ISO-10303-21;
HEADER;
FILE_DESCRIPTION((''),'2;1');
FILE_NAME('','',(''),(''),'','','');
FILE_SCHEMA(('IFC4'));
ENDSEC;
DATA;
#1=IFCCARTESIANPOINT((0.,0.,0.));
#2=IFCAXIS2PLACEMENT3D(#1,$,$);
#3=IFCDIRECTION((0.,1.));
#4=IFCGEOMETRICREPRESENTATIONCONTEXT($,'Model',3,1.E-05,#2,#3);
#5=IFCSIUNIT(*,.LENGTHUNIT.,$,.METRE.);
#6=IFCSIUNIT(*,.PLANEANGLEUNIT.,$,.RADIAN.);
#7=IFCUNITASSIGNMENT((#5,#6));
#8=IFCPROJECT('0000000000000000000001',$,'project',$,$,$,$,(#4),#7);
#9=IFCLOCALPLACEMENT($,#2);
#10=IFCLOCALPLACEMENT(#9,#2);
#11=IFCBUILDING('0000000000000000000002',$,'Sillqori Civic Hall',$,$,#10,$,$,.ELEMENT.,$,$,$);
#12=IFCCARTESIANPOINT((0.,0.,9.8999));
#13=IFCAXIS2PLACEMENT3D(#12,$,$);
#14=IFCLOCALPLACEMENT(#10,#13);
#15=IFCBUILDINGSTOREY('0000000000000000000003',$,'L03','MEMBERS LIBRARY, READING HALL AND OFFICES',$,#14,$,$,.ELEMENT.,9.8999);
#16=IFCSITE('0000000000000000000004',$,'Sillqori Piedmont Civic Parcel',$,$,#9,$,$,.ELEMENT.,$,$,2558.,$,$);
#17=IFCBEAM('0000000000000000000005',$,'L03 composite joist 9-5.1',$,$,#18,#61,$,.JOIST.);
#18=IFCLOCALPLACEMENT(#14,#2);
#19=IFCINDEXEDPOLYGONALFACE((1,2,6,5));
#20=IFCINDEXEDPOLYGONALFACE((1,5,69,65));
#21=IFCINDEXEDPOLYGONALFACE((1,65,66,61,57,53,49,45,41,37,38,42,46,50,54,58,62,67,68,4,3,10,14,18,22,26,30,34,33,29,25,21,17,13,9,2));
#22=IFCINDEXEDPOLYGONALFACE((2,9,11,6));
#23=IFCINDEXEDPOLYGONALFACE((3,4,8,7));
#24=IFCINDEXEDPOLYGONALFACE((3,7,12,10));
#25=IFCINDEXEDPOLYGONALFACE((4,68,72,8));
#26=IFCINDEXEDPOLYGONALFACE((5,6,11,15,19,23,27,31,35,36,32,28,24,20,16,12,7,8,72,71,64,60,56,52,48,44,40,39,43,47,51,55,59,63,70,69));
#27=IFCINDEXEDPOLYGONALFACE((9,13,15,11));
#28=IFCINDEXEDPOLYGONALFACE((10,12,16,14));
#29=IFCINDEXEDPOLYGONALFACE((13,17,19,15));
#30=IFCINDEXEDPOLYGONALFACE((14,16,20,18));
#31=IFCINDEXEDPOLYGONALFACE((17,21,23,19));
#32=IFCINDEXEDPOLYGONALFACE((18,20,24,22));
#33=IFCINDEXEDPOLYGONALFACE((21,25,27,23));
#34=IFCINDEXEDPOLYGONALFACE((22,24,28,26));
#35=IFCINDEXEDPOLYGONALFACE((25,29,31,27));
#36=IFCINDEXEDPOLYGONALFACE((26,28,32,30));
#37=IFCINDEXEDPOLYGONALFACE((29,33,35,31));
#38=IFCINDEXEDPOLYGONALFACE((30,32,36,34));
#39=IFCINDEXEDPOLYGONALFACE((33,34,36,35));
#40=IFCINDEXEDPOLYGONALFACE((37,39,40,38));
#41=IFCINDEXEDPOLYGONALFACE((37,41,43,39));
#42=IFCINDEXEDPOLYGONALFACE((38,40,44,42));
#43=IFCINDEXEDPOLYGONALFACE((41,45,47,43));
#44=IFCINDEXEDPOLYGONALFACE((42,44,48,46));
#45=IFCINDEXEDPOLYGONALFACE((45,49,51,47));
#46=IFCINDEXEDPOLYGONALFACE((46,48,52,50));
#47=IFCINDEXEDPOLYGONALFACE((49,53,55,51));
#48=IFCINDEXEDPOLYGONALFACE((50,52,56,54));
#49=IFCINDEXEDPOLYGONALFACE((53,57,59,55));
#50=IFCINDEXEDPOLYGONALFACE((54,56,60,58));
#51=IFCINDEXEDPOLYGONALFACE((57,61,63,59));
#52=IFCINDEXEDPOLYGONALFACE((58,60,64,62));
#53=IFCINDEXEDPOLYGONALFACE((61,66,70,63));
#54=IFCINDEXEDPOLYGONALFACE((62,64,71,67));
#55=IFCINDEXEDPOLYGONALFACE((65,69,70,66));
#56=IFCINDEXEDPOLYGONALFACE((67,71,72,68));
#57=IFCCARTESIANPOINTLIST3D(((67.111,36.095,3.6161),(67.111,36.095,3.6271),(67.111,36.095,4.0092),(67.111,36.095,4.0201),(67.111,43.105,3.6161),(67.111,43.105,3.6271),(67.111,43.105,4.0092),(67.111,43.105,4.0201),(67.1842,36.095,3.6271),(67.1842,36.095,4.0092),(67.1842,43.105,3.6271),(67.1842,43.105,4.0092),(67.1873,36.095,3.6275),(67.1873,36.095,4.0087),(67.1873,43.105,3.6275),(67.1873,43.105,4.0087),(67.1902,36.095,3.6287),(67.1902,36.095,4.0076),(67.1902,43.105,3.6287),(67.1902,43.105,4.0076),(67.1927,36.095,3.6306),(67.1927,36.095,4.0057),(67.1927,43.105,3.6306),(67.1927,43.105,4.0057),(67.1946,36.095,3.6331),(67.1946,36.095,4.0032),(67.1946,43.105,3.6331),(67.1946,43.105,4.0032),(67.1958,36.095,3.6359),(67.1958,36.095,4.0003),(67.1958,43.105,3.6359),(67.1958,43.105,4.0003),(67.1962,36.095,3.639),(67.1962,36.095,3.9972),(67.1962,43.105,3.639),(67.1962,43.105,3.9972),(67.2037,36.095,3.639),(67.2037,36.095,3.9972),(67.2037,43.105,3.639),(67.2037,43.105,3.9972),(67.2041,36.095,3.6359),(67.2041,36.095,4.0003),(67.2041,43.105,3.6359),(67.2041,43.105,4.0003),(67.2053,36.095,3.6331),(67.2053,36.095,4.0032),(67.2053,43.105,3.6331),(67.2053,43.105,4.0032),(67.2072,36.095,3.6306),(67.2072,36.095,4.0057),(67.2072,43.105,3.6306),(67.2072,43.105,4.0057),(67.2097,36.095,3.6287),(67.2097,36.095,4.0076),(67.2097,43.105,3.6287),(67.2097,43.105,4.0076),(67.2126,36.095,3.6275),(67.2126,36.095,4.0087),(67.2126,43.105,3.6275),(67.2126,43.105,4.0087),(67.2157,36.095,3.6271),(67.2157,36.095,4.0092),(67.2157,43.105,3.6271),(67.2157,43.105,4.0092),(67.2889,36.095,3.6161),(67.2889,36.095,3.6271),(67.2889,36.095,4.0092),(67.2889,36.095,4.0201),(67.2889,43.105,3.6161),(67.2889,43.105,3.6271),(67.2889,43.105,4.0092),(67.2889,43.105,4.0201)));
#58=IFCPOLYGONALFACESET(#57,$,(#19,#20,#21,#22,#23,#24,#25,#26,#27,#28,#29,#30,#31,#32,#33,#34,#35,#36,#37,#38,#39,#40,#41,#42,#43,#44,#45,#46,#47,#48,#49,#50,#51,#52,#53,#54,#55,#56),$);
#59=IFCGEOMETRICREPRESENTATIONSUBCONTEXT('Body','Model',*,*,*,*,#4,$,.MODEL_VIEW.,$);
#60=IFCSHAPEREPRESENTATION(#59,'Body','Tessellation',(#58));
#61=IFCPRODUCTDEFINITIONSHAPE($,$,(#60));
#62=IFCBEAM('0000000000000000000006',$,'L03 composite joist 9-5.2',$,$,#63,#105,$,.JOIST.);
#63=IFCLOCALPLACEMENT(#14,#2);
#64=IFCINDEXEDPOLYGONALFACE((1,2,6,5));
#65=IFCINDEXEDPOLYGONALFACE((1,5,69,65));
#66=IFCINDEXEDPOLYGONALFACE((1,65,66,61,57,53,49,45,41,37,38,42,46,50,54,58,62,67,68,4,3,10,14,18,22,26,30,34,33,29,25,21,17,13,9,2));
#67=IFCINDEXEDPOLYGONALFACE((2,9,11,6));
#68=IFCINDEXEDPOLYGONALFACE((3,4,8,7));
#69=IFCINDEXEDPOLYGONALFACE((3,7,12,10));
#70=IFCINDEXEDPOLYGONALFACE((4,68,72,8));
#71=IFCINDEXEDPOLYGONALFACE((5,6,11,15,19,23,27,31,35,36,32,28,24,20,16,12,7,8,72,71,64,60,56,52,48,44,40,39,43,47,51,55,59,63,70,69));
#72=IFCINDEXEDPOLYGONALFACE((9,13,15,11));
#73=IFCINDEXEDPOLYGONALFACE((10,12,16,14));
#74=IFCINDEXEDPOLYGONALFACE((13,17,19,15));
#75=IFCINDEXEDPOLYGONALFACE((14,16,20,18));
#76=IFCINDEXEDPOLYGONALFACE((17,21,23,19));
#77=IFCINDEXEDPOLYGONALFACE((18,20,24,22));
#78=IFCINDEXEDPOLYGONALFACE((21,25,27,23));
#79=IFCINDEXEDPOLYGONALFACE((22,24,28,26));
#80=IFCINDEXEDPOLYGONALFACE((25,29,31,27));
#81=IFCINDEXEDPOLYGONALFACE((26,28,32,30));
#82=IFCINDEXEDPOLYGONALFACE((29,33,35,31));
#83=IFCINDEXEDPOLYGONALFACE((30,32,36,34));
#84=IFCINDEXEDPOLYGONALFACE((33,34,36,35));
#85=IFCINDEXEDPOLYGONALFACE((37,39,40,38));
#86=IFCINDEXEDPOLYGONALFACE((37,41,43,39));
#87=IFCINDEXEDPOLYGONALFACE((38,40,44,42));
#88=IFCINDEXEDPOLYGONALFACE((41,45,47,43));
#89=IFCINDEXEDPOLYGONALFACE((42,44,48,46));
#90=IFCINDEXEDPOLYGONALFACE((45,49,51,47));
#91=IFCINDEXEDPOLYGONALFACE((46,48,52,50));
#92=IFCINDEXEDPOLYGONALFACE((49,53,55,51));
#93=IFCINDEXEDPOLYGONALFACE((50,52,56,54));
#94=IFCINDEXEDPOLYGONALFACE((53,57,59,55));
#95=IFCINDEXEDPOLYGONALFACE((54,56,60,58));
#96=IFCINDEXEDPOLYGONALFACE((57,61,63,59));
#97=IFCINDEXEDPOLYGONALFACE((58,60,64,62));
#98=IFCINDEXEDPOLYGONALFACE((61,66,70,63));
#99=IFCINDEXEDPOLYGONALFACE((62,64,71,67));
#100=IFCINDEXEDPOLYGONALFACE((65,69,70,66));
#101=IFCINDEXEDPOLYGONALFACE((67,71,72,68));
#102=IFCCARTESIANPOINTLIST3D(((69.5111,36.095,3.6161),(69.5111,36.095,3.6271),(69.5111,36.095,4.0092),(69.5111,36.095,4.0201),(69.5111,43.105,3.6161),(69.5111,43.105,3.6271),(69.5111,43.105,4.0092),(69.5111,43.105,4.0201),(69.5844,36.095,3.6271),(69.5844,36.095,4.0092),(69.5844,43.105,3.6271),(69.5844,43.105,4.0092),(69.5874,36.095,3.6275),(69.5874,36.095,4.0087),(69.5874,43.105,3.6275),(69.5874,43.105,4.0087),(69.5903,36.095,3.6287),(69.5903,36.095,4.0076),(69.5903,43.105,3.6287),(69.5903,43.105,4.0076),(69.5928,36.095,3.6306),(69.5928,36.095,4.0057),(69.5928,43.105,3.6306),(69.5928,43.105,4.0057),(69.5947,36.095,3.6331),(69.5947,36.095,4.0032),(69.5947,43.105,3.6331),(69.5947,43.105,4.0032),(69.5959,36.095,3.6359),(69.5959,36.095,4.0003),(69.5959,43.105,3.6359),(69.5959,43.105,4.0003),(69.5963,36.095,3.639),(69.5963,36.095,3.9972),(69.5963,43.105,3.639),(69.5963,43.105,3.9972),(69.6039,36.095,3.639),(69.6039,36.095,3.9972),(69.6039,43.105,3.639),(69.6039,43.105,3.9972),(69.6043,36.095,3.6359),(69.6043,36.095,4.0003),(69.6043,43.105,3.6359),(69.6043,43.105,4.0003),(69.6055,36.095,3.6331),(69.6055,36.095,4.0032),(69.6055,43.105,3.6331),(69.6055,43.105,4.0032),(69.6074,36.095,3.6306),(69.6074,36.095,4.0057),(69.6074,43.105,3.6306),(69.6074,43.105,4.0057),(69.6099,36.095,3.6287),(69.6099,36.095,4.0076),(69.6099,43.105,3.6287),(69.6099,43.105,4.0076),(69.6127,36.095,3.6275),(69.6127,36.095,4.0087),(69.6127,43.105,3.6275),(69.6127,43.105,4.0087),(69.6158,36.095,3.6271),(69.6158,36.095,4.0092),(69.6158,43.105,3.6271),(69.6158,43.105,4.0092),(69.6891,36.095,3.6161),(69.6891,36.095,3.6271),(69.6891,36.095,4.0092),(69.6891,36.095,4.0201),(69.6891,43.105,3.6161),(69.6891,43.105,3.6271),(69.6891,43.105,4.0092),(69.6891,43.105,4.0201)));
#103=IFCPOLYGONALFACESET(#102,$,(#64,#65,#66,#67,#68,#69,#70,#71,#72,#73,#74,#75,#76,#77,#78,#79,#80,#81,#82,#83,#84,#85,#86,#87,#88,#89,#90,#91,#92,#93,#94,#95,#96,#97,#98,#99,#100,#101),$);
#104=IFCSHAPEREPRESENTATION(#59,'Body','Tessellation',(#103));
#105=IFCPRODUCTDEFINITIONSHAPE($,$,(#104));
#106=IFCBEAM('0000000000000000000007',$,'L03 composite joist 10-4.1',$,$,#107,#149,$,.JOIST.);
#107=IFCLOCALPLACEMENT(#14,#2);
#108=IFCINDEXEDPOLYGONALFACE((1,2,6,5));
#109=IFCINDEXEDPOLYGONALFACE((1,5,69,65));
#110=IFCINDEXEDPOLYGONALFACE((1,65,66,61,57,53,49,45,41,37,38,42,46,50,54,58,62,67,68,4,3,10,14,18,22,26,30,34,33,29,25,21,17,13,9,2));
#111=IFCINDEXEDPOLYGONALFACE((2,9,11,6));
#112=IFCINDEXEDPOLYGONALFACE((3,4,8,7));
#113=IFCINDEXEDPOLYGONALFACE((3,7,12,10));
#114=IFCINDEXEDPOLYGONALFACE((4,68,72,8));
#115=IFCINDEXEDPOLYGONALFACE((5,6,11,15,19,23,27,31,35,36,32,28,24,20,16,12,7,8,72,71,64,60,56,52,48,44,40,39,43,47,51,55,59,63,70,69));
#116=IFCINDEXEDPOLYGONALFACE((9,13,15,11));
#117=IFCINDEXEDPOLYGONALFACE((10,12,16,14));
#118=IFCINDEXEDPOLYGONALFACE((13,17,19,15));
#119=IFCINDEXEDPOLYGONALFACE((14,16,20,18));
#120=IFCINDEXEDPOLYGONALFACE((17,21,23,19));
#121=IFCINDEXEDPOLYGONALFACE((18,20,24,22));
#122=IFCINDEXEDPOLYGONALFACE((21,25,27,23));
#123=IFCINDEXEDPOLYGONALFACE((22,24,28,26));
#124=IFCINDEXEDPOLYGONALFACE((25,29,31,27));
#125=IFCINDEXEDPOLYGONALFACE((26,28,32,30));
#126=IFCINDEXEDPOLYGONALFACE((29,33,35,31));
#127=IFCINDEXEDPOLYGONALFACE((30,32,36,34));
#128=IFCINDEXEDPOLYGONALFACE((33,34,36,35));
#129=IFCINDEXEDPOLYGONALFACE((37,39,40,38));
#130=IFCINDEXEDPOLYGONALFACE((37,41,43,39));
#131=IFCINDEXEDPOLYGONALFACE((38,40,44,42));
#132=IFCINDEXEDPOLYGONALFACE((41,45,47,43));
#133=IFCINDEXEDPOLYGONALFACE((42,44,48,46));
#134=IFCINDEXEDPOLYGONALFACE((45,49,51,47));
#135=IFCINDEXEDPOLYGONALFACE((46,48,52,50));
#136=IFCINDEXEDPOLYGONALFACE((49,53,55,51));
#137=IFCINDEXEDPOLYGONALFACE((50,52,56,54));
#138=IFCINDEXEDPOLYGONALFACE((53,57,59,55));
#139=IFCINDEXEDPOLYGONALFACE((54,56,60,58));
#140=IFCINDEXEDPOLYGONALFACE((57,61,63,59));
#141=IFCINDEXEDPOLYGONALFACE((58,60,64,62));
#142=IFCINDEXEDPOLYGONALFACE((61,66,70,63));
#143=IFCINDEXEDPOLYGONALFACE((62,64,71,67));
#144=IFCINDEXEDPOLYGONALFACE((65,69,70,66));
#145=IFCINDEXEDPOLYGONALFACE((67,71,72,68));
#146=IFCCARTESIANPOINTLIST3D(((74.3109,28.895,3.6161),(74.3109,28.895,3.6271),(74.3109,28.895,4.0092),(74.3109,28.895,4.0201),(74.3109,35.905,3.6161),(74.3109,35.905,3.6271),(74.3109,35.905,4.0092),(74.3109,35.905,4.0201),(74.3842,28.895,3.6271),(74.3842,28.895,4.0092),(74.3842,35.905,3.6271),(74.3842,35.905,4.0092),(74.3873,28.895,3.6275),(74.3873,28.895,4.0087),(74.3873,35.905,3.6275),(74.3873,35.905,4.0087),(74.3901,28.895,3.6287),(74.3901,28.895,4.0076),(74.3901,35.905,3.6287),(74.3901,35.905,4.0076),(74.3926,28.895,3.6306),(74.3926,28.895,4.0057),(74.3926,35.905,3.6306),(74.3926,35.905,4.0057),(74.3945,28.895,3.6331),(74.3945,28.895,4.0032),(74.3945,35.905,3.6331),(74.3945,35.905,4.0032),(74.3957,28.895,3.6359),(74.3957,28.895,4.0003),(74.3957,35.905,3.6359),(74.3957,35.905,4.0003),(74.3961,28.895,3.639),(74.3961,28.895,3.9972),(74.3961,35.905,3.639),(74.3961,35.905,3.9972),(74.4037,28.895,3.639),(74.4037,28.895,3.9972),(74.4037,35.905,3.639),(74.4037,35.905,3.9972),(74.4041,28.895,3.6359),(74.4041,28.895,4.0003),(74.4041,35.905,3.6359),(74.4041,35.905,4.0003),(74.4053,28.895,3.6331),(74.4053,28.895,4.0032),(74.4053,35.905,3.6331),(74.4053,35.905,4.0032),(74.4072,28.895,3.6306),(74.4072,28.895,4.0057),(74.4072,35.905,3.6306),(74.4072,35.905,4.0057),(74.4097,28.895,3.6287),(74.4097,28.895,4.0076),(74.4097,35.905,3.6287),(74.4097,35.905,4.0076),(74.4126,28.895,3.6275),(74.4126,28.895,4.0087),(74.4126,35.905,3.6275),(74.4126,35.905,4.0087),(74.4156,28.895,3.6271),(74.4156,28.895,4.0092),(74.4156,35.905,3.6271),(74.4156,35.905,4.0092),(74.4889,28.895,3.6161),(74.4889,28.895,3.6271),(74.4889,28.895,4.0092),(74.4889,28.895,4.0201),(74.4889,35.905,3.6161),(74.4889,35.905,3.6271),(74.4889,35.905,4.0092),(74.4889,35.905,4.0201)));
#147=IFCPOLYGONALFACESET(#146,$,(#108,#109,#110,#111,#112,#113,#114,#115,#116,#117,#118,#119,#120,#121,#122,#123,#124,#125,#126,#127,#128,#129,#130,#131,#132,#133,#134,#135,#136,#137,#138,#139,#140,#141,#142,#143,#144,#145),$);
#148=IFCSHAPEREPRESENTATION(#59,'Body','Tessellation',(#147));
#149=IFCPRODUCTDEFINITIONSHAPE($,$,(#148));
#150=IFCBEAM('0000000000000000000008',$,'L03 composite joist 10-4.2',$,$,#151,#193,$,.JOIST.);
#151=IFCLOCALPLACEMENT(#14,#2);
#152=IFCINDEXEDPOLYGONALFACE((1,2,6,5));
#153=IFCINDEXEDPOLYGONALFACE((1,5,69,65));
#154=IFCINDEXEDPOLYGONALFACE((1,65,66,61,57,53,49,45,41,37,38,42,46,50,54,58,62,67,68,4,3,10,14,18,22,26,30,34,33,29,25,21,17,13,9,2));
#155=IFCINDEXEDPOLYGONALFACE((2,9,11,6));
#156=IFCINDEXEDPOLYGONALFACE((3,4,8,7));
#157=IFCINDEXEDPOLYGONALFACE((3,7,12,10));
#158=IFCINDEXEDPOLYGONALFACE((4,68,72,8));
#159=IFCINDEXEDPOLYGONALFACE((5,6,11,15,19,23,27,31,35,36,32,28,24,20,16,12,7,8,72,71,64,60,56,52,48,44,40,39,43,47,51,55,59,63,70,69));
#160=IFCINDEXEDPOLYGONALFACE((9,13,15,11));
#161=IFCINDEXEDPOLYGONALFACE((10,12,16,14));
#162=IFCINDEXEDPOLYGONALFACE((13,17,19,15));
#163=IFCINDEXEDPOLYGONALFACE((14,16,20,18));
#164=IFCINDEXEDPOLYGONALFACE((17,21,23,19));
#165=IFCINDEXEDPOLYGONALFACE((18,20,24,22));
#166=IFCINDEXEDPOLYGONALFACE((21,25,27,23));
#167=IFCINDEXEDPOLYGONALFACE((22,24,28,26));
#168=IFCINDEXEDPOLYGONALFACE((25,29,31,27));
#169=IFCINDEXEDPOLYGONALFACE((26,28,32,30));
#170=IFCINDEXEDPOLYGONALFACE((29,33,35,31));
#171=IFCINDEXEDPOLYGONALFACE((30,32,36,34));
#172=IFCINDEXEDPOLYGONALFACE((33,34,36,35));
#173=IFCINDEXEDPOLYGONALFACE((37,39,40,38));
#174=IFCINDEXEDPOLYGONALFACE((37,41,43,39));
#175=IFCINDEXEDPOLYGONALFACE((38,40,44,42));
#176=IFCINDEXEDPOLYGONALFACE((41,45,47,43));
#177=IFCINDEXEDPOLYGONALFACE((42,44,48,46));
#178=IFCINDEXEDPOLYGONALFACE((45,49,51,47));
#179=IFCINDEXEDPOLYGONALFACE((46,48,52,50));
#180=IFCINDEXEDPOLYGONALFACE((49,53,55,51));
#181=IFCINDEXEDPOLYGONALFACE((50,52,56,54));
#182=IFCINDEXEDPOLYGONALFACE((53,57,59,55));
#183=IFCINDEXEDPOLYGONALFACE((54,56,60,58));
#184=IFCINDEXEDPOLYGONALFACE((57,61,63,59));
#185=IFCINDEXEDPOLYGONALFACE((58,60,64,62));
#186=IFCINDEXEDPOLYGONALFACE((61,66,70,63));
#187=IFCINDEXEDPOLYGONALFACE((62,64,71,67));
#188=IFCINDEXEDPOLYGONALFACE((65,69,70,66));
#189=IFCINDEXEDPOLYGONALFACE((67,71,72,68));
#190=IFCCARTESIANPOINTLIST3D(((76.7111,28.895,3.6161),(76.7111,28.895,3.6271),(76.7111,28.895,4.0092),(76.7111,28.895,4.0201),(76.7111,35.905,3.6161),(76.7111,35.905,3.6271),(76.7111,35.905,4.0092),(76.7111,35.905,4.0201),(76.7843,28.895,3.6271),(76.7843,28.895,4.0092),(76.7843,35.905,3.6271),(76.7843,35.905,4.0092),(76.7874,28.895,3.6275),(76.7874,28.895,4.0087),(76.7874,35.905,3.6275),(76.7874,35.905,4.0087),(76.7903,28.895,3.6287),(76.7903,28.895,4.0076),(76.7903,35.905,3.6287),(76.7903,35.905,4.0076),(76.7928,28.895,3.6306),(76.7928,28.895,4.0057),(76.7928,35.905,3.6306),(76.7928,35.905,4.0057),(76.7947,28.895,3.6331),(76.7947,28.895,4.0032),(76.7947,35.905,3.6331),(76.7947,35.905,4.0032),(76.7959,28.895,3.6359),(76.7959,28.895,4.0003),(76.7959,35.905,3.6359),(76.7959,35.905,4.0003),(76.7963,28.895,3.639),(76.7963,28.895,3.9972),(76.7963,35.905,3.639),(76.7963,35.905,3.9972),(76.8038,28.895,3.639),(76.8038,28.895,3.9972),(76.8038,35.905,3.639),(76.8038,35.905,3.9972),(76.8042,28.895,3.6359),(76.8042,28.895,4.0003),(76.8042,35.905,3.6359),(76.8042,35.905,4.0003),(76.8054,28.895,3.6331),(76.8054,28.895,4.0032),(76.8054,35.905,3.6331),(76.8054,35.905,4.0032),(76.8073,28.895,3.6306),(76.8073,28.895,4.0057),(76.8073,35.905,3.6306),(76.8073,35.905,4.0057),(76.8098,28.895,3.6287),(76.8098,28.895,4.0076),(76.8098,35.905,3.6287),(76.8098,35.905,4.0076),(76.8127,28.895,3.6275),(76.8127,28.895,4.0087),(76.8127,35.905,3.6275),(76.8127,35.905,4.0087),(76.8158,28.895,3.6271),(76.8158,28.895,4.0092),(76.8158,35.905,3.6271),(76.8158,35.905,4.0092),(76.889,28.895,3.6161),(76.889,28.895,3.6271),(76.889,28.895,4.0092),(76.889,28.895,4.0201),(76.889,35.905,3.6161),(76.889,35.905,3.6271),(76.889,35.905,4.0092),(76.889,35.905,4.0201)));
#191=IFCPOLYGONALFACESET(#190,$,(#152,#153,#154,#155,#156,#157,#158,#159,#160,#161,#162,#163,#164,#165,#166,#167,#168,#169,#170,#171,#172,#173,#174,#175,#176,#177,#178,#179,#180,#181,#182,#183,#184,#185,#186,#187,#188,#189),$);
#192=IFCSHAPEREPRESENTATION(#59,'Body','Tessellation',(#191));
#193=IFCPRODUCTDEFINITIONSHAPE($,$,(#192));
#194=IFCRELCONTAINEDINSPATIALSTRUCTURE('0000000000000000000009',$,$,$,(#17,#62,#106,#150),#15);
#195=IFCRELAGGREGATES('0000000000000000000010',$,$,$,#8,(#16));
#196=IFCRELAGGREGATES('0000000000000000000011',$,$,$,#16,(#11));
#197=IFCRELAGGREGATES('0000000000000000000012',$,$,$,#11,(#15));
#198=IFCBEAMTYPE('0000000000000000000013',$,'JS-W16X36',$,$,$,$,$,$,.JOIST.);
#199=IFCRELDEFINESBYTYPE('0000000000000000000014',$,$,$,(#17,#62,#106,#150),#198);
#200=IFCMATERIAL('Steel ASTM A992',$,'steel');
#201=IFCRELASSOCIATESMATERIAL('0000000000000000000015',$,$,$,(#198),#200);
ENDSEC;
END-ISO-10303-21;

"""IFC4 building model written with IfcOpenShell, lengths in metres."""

from ifc_helpers import new_model, si_unit, direction, frame, origin, origin_2d, place, context, subcontext, project, spatial, i_section, extrude, material, material_profile, profile_set, type_object, element, save


model = new_model("IFC4")

# Units and contexts
model_context = context("Model", 3, precision=1e-05, world=origin(), true_north=direction((0.0, 1.0)))
body_context = subcontext(model_context, "Body", "Model", "MODEL_VIEW")
ifc_project = project(units=[si_unit("LENGTHUNIT", "METRE"), si_unit("PLANEANGLEUNIT", "RADIAN")], contexts=[model_context])

# Site, building, storey
site_placement = place(None, origin())
site = spatial("IfcSite", under=ifc_project, at=site_placement, Name="Sillqori Piedmont Civic Parcel", CompositionType="ELEMENT", RefElevation=2558.0)
building_placement = place(site_placement, origin())
building = spatial("IfcBuilding", under=site, at=building_placement, Name="Sillqori Civic Hall", CompositionType="ELEMENT")
storey_placement = place(building_placement, frame((0.0, 0.0, 9.8999)))
storey = spatial("IfcBuildingStorey", under=building, at=storey_placement, Name="L03", Description="MEMBERS LIBRARY, READING HALL AND OFFICES", CompositionType="ELEMENT", Elevation=9.8999)

# Shared definitions
ifc_material_1 = material(Name="Steel ASTM A992", Category="steel")

# Beams
ifc_material_profile_1 = material_profile(ifc_material_1, i_section(OverallWidth=0.178, OverallDepth=0.4041, WebThickness=0.0076, FlangeThickness=0.011, FilletRadius=0.012, at=origin_2d()), Name="W16X36")
ifc_profile_set_1 = profile_set([ifc_material_profile_1], Name="Steel ASTM A992")
beam_type_1 = type_object("IfcBeamType", Name="JS-W16X36", PredefinedType="JOIST", material=ifc_profile_set_1)
for number, where, z_axis, x_axis, name in (
    (1, (67.2, 36.095, 3.8181), (0.0, 1.0, 0.0), (-1.0, 0.0, 0.0), "L03 composite joist 9-5.1"),
    (2, (69.6001, 36.095, 3.8181), (0.0, 1.0, 0.0), (-1.0, 0.0, 0.0), "L03 composite joist 9-5.2"),
    (3, (74.3999, 28.895, 3.8181), (0.0, 1.0, 0.0), (-1.0, 0.0, 0.0), "L03 composite joist 10-4.1"),
    (4, (76.8, 28.895, 3.8181), (0.0, 1.0, 0.0), (-1.0, 0.0, 0.0), "L03 composite joist 10-4.2"),
):
    element("IfcBeam", number, at=place(storey_placement, frame(where, z_axis=z_axis, x_axis=x_axis)), inside=storey, type_object=beam_type_1, Name=name, PredefinedType="JOIST", context=body_context, shape_type="SweptSolid", body=[
        extrude(i_section(OverallWidth=0.178, OverallDepth=0.4041, WebThickness=0.0076, FlangeThickness=0.011, FilletRadius=0.012, at=origin_2d()), origin(), (0.0, 0.0, 1.0), 7.01),
    ])

save(model, "model.ifc")
